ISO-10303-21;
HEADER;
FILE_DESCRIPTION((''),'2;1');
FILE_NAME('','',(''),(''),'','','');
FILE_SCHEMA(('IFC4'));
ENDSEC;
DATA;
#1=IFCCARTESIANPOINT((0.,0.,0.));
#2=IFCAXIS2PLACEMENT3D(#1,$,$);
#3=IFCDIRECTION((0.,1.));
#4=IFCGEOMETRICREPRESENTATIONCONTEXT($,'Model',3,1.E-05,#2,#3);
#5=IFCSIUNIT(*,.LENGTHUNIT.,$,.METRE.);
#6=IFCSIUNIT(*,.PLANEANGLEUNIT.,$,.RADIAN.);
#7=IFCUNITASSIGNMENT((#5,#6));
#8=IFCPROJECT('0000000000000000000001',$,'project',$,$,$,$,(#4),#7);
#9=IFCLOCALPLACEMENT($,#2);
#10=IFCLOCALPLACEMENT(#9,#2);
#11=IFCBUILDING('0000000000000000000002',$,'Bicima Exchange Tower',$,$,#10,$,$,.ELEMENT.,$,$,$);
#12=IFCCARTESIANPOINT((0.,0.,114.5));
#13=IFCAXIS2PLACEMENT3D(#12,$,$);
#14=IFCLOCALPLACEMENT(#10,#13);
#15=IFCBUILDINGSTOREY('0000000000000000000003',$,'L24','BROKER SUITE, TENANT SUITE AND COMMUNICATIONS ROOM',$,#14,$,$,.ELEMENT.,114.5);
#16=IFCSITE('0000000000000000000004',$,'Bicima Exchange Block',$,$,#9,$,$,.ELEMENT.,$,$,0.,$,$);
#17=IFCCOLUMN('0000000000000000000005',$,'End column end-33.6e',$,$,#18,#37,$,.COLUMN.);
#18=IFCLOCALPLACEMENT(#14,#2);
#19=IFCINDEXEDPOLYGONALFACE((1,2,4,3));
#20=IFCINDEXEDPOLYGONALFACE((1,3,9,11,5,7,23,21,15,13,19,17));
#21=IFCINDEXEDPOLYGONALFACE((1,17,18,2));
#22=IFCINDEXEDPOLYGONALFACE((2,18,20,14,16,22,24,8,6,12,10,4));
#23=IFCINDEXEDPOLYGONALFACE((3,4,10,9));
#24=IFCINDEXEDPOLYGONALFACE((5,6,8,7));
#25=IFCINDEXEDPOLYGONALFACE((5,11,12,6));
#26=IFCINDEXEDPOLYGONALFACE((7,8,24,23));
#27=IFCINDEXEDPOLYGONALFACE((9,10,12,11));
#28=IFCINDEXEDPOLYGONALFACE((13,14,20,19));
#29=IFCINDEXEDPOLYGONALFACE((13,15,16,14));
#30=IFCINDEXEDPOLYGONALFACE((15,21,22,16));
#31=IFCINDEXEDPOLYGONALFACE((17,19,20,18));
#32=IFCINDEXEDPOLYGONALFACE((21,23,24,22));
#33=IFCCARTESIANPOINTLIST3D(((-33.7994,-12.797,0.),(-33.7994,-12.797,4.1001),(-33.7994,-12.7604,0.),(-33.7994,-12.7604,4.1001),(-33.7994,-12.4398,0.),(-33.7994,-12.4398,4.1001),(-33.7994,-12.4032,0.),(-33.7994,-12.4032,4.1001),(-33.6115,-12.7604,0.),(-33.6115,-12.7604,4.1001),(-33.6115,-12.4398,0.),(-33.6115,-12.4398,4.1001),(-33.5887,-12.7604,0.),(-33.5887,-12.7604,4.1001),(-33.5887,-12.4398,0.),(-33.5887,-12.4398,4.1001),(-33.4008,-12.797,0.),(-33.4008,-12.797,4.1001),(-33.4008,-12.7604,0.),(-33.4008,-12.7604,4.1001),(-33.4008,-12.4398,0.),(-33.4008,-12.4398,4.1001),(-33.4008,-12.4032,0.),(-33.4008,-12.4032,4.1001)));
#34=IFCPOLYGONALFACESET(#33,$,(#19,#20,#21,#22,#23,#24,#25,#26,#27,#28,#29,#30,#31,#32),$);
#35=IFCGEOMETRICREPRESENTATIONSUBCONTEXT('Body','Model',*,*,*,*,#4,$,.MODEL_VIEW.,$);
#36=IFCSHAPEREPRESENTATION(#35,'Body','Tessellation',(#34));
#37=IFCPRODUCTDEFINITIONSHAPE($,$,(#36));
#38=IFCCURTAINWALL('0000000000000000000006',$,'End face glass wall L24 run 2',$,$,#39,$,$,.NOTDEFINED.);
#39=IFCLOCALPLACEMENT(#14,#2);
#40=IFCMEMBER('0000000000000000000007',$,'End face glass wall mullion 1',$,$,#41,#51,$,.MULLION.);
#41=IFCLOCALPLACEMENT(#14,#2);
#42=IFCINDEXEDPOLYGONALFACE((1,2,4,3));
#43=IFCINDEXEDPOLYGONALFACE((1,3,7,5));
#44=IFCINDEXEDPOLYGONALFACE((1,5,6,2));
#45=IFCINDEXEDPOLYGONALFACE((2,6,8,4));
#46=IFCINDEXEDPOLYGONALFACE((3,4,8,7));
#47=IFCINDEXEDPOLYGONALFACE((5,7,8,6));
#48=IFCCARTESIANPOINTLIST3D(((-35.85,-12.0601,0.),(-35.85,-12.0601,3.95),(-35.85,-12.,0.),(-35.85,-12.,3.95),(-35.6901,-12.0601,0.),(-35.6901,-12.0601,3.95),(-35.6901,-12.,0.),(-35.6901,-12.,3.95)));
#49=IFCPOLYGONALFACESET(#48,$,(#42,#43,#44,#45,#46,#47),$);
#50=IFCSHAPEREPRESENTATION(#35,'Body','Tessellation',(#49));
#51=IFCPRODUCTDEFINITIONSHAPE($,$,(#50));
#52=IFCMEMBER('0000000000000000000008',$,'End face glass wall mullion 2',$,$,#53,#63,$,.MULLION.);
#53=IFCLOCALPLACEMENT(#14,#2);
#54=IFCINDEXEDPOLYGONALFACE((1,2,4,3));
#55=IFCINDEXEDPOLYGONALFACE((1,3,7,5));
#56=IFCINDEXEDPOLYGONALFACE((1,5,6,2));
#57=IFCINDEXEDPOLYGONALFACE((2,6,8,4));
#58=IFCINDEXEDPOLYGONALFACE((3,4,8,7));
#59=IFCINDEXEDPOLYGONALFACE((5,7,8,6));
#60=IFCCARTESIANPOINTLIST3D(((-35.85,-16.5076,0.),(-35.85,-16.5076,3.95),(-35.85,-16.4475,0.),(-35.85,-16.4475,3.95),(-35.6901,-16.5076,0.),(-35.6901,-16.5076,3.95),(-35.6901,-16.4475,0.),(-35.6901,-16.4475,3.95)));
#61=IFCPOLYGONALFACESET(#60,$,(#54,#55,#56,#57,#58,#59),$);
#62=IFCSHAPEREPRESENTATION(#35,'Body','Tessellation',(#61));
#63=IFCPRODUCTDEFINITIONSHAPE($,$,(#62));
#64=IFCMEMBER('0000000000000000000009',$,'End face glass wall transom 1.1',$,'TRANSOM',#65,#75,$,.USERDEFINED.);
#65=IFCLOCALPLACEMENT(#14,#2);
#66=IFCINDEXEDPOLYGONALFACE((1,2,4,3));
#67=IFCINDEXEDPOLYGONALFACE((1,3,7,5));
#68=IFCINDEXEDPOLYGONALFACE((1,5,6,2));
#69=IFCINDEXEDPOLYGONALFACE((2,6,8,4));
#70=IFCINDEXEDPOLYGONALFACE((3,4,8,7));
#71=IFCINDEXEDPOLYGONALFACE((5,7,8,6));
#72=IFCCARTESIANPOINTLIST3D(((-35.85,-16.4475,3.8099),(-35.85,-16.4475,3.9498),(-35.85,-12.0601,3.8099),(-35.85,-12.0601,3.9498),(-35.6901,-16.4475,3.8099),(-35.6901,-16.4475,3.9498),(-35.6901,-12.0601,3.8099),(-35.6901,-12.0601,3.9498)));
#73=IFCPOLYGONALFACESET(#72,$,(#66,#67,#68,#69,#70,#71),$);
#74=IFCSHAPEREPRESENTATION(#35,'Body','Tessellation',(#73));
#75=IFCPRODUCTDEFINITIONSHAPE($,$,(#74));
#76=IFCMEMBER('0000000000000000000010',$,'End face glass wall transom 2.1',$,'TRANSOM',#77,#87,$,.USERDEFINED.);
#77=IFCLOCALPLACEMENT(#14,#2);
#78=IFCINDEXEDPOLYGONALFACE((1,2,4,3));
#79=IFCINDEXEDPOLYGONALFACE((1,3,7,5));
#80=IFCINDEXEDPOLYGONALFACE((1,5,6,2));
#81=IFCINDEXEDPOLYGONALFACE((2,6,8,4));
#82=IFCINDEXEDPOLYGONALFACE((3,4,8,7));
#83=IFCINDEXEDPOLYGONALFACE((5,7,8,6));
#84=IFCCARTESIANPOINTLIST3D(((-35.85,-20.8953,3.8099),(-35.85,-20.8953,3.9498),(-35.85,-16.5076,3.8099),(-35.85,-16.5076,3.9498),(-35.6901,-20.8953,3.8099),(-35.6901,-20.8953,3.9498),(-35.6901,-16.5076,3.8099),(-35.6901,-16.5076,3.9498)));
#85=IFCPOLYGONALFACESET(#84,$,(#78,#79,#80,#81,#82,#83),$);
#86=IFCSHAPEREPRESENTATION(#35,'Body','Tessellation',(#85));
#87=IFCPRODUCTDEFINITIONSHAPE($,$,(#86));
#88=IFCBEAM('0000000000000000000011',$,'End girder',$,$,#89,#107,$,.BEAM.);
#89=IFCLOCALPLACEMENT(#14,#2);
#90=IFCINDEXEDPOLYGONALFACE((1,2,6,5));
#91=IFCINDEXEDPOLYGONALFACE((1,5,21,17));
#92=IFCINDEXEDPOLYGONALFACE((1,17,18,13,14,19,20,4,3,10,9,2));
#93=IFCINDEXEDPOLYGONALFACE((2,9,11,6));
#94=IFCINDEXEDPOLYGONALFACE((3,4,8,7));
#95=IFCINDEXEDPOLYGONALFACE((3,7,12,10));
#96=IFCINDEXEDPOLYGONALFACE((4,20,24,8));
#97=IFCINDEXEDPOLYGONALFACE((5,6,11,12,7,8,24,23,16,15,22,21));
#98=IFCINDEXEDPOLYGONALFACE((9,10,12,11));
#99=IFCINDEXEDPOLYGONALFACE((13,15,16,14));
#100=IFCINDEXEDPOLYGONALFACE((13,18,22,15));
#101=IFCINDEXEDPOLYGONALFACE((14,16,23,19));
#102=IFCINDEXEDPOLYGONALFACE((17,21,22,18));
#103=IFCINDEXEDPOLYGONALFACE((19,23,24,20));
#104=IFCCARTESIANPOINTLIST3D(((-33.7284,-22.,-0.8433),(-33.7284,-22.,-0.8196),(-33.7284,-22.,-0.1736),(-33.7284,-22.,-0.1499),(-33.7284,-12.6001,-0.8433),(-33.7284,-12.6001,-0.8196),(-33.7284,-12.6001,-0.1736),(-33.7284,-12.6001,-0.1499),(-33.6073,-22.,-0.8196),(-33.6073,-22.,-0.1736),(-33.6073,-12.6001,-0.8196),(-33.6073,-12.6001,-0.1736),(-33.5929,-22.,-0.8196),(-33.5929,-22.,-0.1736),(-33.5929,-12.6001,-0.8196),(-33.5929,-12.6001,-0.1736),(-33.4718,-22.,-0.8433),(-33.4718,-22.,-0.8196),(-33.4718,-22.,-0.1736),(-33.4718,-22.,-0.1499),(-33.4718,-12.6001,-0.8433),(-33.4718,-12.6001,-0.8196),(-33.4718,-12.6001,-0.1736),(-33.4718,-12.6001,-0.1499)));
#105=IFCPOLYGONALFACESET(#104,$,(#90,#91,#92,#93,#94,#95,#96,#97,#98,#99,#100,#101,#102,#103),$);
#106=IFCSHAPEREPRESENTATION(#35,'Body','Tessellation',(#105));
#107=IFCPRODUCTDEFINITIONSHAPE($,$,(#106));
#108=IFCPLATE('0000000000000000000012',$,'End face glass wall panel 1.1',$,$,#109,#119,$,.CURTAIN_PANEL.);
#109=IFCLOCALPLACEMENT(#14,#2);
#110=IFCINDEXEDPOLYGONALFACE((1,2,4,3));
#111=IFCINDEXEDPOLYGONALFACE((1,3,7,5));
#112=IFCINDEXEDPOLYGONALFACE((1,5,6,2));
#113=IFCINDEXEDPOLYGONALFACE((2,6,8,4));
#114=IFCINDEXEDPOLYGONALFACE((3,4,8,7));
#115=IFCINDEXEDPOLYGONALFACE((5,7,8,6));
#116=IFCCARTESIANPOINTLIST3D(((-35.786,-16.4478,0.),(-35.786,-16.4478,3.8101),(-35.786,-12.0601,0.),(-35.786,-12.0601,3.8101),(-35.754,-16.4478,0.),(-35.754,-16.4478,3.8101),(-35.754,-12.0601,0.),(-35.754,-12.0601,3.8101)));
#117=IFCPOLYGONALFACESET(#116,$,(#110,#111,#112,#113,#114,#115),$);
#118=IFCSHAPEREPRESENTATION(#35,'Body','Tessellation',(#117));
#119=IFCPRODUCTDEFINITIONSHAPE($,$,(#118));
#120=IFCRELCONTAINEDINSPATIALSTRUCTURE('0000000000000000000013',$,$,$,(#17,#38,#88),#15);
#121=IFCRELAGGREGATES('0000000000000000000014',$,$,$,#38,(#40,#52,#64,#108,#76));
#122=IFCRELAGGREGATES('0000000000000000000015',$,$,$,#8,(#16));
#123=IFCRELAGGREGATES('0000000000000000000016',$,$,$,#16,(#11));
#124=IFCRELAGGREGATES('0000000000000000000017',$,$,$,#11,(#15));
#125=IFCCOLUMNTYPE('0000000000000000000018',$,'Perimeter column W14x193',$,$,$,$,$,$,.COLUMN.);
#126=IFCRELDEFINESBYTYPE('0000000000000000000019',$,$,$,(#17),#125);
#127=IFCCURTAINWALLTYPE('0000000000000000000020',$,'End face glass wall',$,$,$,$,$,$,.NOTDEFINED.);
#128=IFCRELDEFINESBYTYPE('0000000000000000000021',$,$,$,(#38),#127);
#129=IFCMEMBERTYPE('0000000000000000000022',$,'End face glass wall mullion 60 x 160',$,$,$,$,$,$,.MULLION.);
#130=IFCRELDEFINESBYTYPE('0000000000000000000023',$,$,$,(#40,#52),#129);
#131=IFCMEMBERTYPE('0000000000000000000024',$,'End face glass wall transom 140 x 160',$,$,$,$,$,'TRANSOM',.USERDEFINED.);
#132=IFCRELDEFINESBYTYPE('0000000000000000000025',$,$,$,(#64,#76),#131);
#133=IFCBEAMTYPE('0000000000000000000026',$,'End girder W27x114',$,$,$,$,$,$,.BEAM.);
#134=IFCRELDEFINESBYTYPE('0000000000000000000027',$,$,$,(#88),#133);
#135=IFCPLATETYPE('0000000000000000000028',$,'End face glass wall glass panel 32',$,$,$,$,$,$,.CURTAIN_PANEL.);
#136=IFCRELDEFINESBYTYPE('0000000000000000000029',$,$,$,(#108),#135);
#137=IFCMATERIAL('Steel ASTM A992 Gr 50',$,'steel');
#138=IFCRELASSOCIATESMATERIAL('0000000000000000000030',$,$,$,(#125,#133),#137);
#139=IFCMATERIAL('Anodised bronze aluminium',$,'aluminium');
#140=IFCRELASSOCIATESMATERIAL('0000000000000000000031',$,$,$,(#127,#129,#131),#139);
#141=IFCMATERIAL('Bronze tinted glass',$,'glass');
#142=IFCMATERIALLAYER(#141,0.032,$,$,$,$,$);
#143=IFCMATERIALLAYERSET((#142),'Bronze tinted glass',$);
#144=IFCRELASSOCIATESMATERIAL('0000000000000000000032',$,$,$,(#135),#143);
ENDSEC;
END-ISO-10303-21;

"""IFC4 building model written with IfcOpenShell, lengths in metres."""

from ifc_helpers import new_model, si_unit, direction, frame, origin, origin_2d, place, context, subcontext, project, spatial, rectangle, i_section, extrude, material, layer, layer_set, material_profile, profile_set, type_object, element, aggregate, save


model = new_model("IFC4")

# Units and contexts
model_context = context("Model", 3, precision=1e-05, world=origin(), true_north=direction((0.0, 1.0)))
body_context = subcontext(model_context, "Body", "Model", "MODEL_VIEW")
ifc_project = project(units=[si_unit("LENGTHUNIT", "METRE"), si_unit("PLANEANGLEUNIT", "RADIAN")], contexts=[model_context])

# Site, building, storey
site_placement = place(None, origin())
site = spatial("IfcSite", under=ifc_project, at=site_placement, Name="Bicima Exchange Block", CompositionType="ELEMENT", RefElevation=0.0)
building_placement = place(site_placement, origin())
building = spatial("IfcBuilding", under=site, at=building_placement, Name="Bicima Exchange Tower", CompositionType="ELEMENT")
storey_placement = place(building_placement, frame((0.0, 0.0, 114.5)))
storey = spatial("IfcBuildingStorey", under=building, at=storey_placement, Name="L24", Description="BROKER SUITE, TENANT SUITE AND COMMUNICATIONS ROOM", CompositionType="ELEMENT", Elevation=114.5)

# Column
ifc_material_1 = material(Name="Steel ASTM A992 Gr 50", Category="steel")
ifc_material_profile_1 = material_profile(ifc_material_1, i_section(OverallWidth=0.3987, OverallDepth=0.3938, WebThickness=0.0227, FlangeThickness=0.0366, at=origin_2d()))
ifc_profile_set_1 = profile_set([ifc_material_profile_1], Name="Steel ASTM A992 Gr 50")
column_type = type_object("IfcColumnType", Name="Perimeter column W14x193", PredefinedType="COLUMN", material=ifc_profile_set_1)
column_placement = place(storey_placement, frame((-33.6001, -12.6001, 0.0), z_axis=(0.0, 0.0, 1.0), x_axis=(1.0, 0.0, 0.0)))
element("IfcColumn", 1, at=column_placement, inside=storey, type_object=column_type, Name="End column end-33.6e", PredefinedType="COLUMN", context=body_context, shape_type="SweptSolid", body=[
    extrude(i_section(OverallWidth=0.3987, OverallDepth=0.3938, WebThickness=0.0227, FlangeThickness=0.0366, at=origin_2d()), origin(), (0.0, 0.0, 1.0), 4.1001),
])

# Curtain wall, members
ifc_material_2 = material(Name="Anodised bronze aluminium", Category="aluminium")
curtain_wall_type = type_object("IfcCurtainWallType", Name="End face glass wall", PredefinedType="NOTDEFINED", material=ifc_material_2)
curtain_wall_placement = place(storey_placement, origin())
curtain_wall = element("IfcCurtainWall", 2, at=curtain_wall_placement, inside=storey, type_object=curtain_wall_type, Name="End face glass wall L24 run 2", PredefinedType="NOTDEFINED")
ifc_material_profile_2 = material_profile(ifc_material_2, rectangle(XDim=0.1599, YDim=0.0601, at=origin_2d()))
ifc_profile_set_2 = profile_set([ifc_material_profile_2], Name="Anodised bronze aluminium")
member_type_1 = type_object("IfcMemberType", Name="End face glass wall mullion 60 x 160", PredefinedType="MULLION", material=ifc_profile_set_2)
member_1_placement = place(storey_placement, frame((-35.77, -12.03, 0.0), z_axis=(0.0, 0.0, 1.0), x_axis=(1.0, 0.0, 0.0)))
member_1 = element("IfcMember", 3, at=member_1_placement, type_object=member_type_1, Name="End face glass wall mullion 1", PredefinedType="MULLION", context=body_context, shape_type="SweptSolid", body=[
    extrude(rectangle(XDim=0.1599, YDim=0.0601, at=origin_2d()), origin(), (0.0, 0.0, 1.0), 3.95),
])
member_2_placement = place(storey_placement, frame((-35.77, -16.4775, 0.0), z_axis=(0.0, 0.0, 1.0), x_axis=(1.0, 0.0, 0.0)))
member_2 = element("IfcMember", 4, at=member_2_placement, type_object=member_type_1, Name="End face glass wall mullion 2", PredefinedType="MULLION", context=body_context, shape_type="SweptSolid", body=[
    extrude(rectangle(XDim=0.1599, YDim=0.0601, at=origin_2d()), origin(), (0.0, 0.0, 1.0), 3.95),
])
ifc_material_profile_3 = material_profile(ifc_material_2, rectangle(XDim=0.1599, YDim=0.1399, at=origin_2d()))
ifc_profile_set_3 = profile_set([ifc_material_profile_3], Name="Anodised bronze aluminium")
member_type_2 = type_object("IfcMemberType", Name="End face glass wall transom 140 x 160", ElementType="TRANSOM", PredefinedType="USERDEFINED", material=ifc_profile_set_3)
member_3_placement = place(storey_placement, frame((-35.77, -12.0601, 3.8799), z_axis=(0.0, -1.0, 0.0), x_axis=(1.0, 0.0, 0.0)))
member_3 = element("IfcMember", 5, at=member_3_placement, type_object=member_type_2, Name="End face glass wall transom 1.1", ObjectType="TRANSOM", PredefinedType="USERDEFINED", context=body_context, shape_type="SweptSolid", body=[
    extrude(rectangle(XDim=0.1599, YDim=0.1399, at=origin_2d()), origin(), (0.0, 0.0, 1.0), 4.3875),
])
member_4_placement = place(storey_placement, frame((-35.77, -16.5076, 3.8799), z_axis=(0.0, -1.0, 0.0), x_axis=(1.0, 0.0, 0.0)))
member_4 = element("IfcMember", 6, at=member_4_placement, type_object=member_type_2, Name="End face glass wall transom 2.1", ObjectType="TRANSOM", PredefinedType="USERDEFINED", context=body_context, shape_type="SweptSolid", body=[
    extrude(rectangle(XDim=0.1599, YDim=0.1399, at=origin_2d()), origin(), (0.0, 0.0, 1.0), 4.3877),
])

# Beam
ifc_material_profile_4 = material_profile(ifc_material_1, i_section(OverallWidth=0.2566, OverallDepth=0.6934, WebThickness=0.0144, FlangeThickness=0.0237, at=origin_2d()))
ifc_profile_set_4 = profile_set([ifc_material_profile_4], Name="Steel ASTM A992 Gr 50")
beam_type = type_object("IfcBeamType", Name="End girder W27x114", PredefinedType="BEAM", material=ifc_profile_set_4)
beam_placement = place(storey_placement, frame((-33.6001, -12.6001, -0.4966), z_axis=(0.0, -1.0, 0.0), x_axis=(1.0, 0.0, 0.0)))
element("IfcBeam", 7, at=beam_placement, inside=storey, type_object=beam_type, Name="End girder", PredefinedType="BEAM", context=body_context, shape_type="SweptSolid", body=[
    extrude(i_section(OverallWidth=0.2566, OverallDepth=0.6934, WebThickness=0.0144, FlangeThickness=0.0237, at=origin_2d()), origin(), (0.0, 0.0, 1.0), 9.3999),
])

# Plate
ifc_material_3 = material(Name="Bronze tinted glass", Category="glass")
ifc_layer_1 = layer(ifc_material_3, 0.032)
ifc_layer_set_1 = layer_set([ifc_layer_1], Name="Bronze tinted glass")
plate_type = type_object("IfcPlateType", Name="End face glass wall glass panel 32", PredefinedType="CURTAIN_PANEL", material=ifc_layer_set_1)
plate_placement = place(storey_placement, frame((-35.77, -14.2539, 0.0), z_axis=(0.0, 0.0, 1.0), x_axis=(0.0, -1.0, 0.0)))
plate = element("IfcPlate", 8, at=plate_placement, type_object=plate_type, Name="End face glass wall panel 1.1", PredefinedType="CURTAIN_PANEL", context=body_context, shape_type="SweptSolid", body=[
    extrude(rectangle(XDim=4.3877, YDim=0.032, at=origin_2d()), origin(), (0.0, 0.0, 1.0), 3.8101),
])
aggregate(curtain_wall, [member_1, member_2, member_3, plate, member_4])

save(model, "model.ifc")
